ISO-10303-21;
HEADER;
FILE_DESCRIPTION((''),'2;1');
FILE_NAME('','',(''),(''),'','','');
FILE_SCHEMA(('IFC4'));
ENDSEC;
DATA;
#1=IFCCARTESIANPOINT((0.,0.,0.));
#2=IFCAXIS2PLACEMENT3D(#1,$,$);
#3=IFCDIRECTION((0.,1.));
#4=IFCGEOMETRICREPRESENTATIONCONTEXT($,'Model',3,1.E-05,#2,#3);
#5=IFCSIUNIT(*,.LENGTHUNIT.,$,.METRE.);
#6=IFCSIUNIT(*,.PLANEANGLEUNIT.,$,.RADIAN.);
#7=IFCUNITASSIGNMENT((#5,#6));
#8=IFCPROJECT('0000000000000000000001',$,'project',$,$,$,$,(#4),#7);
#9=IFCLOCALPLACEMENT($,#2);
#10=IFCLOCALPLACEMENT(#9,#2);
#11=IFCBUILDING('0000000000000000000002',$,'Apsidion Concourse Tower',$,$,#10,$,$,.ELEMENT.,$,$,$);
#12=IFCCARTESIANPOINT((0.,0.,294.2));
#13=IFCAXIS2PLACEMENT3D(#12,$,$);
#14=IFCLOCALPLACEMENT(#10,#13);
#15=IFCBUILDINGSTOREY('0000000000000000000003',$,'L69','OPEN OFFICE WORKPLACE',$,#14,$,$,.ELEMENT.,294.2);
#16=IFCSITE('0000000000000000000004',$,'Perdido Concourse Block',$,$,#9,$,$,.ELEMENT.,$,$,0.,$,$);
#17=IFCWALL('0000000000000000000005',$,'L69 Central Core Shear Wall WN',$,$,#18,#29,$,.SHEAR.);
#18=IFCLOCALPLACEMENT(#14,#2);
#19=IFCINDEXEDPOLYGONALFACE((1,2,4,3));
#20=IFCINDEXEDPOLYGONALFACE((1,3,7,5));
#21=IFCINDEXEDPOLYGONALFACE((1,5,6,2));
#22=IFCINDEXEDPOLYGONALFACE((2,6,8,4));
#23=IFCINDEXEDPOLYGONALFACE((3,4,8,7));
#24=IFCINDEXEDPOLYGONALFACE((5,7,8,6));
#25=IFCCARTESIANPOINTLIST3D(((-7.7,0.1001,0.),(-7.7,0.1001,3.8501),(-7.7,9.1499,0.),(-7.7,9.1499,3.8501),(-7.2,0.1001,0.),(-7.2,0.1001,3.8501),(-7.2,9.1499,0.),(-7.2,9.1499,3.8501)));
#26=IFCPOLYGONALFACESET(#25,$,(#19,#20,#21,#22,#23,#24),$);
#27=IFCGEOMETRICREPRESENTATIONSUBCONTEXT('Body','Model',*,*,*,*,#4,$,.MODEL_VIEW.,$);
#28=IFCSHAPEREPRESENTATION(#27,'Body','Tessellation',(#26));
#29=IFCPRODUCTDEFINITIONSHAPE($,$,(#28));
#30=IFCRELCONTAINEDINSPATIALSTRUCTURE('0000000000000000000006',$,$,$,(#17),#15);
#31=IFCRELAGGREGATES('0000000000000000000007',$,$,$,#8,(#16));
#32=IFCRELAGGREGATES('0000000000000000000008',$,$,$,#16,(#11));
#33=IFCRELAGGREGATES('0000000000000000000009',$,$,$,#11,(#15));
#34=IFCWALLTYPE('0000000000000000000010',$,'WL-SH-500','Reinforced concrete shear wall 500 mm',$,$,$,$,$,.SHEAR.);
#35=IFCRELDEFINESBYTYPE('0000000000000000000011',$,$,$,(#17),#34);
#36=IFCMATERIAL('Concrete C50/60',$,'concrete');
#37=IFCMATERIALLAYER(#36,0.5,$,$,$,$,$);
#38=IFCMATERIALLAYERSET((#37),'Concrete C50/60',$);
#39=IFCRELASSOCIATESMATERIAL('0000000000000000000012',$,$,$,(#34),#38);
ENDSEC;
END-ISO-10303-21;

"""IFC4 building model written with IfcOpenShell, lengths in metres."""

from ifc_helpers import new_model, si_unit, direction, frame, frame_2d, origin, place, context, subcontext, project, spatial, rectangle, extrude, material, layer, layer_set, type_object, element, save


model = new_model("IFC4")

# Units and contexts
model_context = context("Model", 3, precision=1e-05, world=origin(), true_north=direction((0.0, 1.0)))
body_context = subcontext(model_context, "Body", "Model", "MODEL_VIEW")
ifc_project = project(units=[si_unit("LENGTHUNIT", "METRE"), si_unit("PLANEANGLEUNIT", "RADIAN")], contexts=[model_context])

# Site, building, storey
site_placement = place(None, origin())
site = spatial("IfcSite", under=ifc_project, at=site_placement, Name="Perdido Concourse Block", CompositionType="ELEMENT", RefElevation=0.0)
building_placement = place(site_placement, origin())
building = spatial("IfcBuilding", under=site, at=building_placement, Name="Apsidion Concourse Tower", CompositionType="ELEMENT")
storey_placement = place(building_placement, frame((0.0, 0.0, 294.2)))
storey = spatial("IfcBuildingStorey", under=building, at=storey_placement, Name="L69", Description="OPEN OFFICE WORKPLACE", CompositionType="ELEMENT", Elevation=294.2)

# Shared definitions
ifc_material_1 = material(Name="Concrete C50/60", Category="concrete")

# Wall
ifc_layer_1 = layer(ifc_material_1, 0.5)
ifc_layer_set_1 = layer_set([ifc_layer_1], Name="Concrete C50/60")
wall_type_1 = type_object("IfcWallType", Name="WL-SH-500", Description="Reinforced concrete shear wall 500 mm", PredefinedType="SHEAR", material=ifc_layer_set_1)
wall_1_placement = place(storey_placement, frame((-7.45, 0.1001, 0.0), z_axis=(0.0, 0.0, 1.0), x_axis=(0.0, 1.0, 0.0)))
element("IfcWall", 1, at=wall_1_placement, inside=storey, type_object=wall_type_1, Name="L69 Central Core Shear Wall WN", PredefinedType="SHEAR", context=body_context, shape_type="SweptSolid", body=[
    extrude(rectangle(XDim=9.0498, YDim=0.5, at=frame_2d((4.5249, 0.0))), origin(), (0.0, 0.0, 1.0), 3.8501),
])

save(model, "model.ifc")
